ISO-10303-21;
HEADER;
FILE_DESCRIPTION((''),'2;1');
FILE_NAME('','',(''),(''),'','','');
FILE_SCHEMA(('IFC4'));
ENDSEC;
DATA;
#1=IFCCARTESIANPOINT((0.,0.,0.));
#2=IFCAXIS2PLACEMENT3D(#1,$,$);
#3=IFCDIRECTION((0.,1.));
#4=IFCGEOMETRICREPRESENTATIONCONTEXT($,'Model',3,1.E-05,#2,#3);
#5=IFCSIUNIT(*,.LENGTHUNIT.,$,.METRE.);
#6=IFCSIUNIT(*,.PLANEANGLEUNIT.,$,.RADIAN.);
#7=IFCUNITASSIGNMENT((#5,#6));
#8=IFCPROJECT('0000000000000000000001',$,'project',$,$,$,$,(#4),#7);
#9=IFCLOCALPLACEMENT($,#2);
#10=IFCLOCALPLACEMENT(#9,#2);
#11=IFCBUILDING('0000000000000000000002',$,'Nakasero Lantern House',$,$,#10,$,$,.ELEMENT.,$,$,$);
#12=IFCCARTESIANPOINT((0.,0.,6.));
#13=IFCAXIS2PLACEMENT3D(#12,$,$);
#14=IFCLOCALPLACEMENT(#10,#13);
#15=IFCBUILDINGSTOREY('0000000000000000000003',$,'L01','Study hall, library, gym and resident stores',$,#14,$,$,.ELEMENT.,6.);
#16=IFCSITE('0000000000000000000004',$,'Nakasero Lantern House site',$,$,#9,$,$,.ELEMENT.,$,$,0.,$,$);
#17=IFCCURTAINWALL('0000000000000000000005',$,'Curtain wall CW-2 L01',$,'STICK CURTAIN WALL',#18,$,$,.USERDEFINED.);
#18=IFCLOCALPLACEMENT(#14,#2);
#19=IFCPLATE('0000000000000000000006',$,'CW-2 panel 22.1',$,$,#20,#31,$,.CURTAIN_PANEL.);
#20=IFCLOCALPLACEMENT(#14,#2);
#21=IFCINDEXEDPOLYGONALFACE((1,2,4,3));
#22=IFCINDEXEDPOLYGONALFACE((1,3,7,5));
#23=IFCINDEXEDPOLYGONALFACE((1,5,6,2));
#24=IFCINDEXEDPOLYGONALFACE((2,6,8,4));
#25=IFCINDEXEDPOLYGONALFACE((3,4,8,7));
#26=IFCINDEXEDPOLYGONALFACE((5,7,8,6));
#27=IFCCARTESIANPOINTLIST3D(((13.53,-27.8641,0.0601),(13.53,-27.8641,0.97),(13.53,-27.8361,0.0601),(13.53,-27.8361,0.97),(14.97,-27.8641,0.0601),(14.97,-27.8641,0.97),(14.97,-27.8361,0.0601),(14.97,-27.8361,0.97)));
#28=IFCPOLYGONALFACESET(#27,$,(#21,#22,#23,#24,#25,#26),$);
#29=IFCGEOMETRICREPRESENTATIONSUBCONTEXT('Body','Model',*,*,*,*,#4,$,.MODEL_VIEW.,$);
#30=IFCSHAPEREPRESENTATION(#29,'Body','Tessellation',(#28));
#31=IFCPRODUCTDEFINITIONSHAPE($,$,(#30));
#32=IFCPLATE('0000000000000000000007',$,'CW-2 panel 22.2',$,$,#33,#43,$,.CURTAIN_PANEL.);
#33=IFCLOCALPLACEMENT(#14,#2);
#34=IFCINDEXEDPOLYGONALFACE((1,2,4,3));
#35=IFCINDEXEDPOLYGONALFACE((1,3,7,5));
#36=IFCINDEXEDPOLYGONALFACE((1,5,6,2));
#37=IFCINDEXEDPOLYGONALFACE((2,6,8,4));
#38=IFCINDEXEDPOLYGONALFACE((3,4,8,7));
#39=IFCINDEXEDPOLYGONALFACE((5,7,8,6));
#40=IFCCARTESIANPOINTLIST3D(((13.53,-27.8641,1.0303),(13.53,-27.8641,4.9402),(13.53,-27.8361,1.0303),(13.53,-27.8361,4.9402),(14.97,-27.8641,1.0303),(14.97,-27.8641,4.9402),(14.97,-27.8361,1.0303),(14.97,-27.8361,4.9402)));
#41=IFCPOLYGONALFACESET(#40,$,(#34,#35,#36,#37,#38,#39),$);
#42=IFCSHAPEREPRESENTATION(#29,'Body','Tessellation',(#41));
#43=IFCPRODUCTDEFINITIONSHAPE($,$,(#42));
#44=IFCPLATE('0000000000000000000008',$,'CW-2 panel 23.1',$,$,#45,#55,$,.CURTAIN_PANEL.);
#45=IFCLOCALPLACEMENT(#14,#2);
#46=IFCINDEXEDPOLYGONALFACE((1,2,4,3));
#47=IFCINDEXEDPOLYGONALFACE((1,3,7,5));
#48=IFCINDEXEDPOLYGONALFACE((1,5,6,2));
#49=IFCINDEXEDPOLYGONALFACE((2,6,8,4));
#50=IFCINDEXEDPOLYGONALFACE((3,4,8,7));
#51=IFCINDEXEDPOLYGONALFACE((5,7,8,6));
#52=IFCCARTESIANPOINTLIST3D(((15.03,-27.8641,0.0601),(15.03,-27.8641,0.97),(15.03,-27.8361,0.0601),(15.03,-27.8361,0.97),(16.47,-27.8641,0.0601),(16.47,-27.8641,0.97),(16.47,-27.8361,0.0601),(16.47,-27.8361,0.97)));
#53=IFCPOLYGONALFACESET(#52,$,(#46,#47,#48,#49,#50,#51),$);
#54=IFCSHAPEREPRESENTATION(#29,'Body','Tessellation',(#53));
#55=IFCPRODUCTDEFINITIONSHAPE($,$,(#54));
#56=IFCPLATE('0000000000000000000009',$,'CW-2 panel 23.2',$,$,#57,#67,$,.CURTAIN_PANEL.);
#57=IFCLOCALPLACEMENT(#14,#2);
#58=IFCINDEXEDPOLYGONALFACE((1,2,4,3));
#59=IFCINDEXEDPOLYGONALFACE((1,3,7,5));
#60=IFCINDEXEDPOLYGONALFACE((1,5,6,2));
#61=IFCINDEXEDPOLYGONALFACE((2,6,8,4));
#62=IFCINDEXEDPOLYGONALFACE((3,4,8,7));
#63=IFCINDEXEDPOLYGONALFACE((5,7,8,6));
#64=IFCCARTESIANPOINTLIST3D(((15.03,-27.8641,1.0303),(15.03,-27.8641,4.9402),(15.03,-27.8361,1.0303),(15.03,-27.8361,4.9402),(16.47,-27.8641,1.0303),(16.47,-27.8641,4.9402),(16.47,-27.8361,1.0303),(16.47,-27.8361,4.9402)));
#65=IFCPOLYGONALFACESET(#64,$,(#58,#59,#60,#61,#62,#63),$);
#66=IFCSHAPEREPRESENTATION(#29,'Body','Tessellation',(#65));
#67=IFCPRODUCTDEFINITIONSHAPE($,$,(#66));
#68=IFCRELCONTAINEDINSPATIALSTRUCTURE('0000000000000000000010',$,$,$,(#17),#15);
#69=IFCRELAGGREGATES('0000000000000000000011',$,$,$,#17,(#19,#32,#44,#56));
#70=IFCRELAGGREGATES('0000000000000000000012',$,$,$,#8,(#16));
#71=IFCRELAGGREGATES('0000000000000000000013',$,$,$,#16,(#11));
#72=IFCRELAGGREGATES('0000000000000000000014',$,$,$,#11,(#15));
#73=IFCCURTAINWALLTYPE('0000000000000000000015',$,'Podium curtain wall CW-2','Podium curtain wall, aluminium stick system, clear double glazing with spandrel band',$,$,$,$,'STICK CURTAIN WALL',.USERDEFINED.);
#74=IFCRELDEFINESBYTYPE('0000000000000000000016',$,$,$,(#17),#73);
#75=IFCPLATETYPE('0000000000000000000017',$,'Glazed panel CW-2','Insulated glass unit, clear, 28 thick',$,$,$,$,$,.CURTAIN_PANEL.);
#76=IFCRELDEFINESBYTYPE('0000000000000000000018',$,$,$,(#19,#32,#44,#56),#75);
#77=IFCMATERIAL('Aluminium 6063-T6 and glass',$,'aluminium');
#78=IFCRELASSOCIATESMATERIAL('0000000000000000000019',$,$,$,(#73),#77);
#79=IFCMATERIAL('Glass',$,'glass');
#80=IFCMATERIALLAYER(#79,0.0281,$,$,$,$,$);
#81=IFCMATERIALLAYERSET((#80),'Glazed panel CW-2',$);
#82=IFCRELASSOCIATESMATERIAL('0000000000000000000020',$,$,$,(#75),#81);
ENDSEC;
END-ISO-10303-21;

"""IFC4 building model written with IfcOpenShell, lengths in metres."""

from ifc_helpers import new_model, si_unit, direction, frame, origin, origin_2d, place, context, subcontext, project, spatial, rectangle, extrude, material, layer, layer_set, type_object, element, aggregate, save


model = new_model("IFC4")

# Units and contexts
model_context = context("Model", 3, precision=1e-05, world=origin(), true_north=direction((0.0, 1.0)))
body_context = subcontext(model_context, "Body", "Model", "MODEL_VIEW")
ifc_project = project(units=[si_unit("LENGTHUNIT", "METRE"), si_unit("PLANEANGLEUNIT", "RADIAN")], contexts=[model_context])

# Site, building, storey
site_placement = place(None, origin())
site = spatial("IfcSite", under=ifc_project, at=site_placement, Name="Nakasero Lantern House site", CompositionType="ELEMENT", RefElevation=0.0)
building_placement = place(site_placement, origin())
building = spatial("IfcBuilding", under=site, at=building_placement, Name="Nakasero Lantern House", CompositionType="ELEMENT")
storey_placement = place(building_placement, frame((0.0, 0.0, 6.0)))
storey = spatial("IfcBuildingStorey", under=building, at=storey_placement, Name="L01", Description="Study hall, library, gym and resident stores", CompositionType="ELEMENT", Elevation=6.0)

# Curtain wall, plates
ifc_material_1 = material(Name="Aluminium 6063-T6 and glass", Category="aluminium")
curtain_wall_type = type_object("IfcCurtainWallType", Name="Podium curtain wall CW-2", Description="Podium curtain wall, aluminium stick system, clear double glazing with spandrel band", ElementType="STICK CURTAIN WALL", PredefinedType="USERDEFINED", material=ifc_material_1)
curtain_wall_placement = place(storey_placement, origin())
curtain_wall = element("IfcCurtainWall", 1, at=curtain_wall_placement, inside=storey, type_object=curtain_wall_type, Name="Curtain wall CW-2 L01", ObjectType="STICK CURTAIN WALL", PredefinedType="USERDEFINED")
ifc_material_2 = material(Name="Glass", Category="glass")
ifc_layer = layer(ifc_material_2, 0.0281)
ifc_layer_set = layer_set([ifc_layer], Name="Glazed panel CW-2")
plate_type = type_object("IfcPlateType", Name="Glazed panel CW-2", Description="Insulated glass unit, clear, 28 thick", PredefinedType="CURTAIN_PANEL", material=ifc_layer_set)
plate_1_placement = place(storey_placement, frame((14.25, -27.8501, 0.0601), z_axis=(0.0, 0.0, 1.0), x_axis=(1.0, 0.0, 0.0)))
plate_1 = element("IfcPlate", 2, at=plate_1_placement, type_object=plate_type, Name="CW-2 panel 22.1", PredefinedType="CURTAIN_PANEL", context=body_context, shape_type="SweptSolid", body=[
    extrude(rectangle(XDim=1.4399, YDim=0.0281, at=origin_2d()), origin(), (0.0, 0.0, 1.0), 0.9099),
])
plate_2_placement = place(storey_placement, frame((14.25, -27.8501, 1.0303), z_axis=(0.0, 0.0, 1.0), x_axis=(1.0, 0.0, 0.0)))
plate_2 = element("IfcPlate", 3, at=plate_2_placement, type_object=plate_type, Name="CW-2 panel 22.2", PredefinedType="CURTAIN_PANEL", context=body_context, shape_type="SweptSolid", body=[
    extrude(rectangle(XDim=1.4399, YDim=0.0281, at=origin_2d()), origin(), (0.0, 0.0, 1.0), 3.9099),
])
plate_3_placement = place(storey_placement, frame((15.75, -27.8501, 0.0601), z_axis=(0.0, 0.0, 1.0), x_axis=(1.0, 0.0, 0.0)))
plate_3 = element("IfcPlate", 4, at=plate_3_placement, type_object=plate_type, Name="CW-2 panel 23.1", PredefinedType="CURTAIN_PANEL", context=body_context, shape_type="SweptSolid", body=[
    extrude(rectangle(XDim=1.4399, YDim=0.0281, at=origin_2d()), origin(), (0.0, 0.0, 1.0), 0.9099),
])
plate_4_placement = place(storey_placement, frame((15.75, -27.8501, 1.0303), z_axis=(0.0, 0.0, 1.0), x_axis=(1.0, 0.0, 0.0)))
plate_4 = element("IfcPlate", 5, at=plate_4_placement, type_object=plate_type, Name="CW-2 panel 23.2", PredefinedType="CURTAIN_PANEL", context=body_context, shape_type="SweptSolid", body=[
    extrude(rectangle(XDim=1.4399, YDim=0.0281, at=origin_2d()), origin(), (0.0, 0.0, 1.0), 3.9099),
])
aggregate(curtain_wall, [plate_1, plate_2, plate_3, plate_4])

save(model, "model.ifc")
